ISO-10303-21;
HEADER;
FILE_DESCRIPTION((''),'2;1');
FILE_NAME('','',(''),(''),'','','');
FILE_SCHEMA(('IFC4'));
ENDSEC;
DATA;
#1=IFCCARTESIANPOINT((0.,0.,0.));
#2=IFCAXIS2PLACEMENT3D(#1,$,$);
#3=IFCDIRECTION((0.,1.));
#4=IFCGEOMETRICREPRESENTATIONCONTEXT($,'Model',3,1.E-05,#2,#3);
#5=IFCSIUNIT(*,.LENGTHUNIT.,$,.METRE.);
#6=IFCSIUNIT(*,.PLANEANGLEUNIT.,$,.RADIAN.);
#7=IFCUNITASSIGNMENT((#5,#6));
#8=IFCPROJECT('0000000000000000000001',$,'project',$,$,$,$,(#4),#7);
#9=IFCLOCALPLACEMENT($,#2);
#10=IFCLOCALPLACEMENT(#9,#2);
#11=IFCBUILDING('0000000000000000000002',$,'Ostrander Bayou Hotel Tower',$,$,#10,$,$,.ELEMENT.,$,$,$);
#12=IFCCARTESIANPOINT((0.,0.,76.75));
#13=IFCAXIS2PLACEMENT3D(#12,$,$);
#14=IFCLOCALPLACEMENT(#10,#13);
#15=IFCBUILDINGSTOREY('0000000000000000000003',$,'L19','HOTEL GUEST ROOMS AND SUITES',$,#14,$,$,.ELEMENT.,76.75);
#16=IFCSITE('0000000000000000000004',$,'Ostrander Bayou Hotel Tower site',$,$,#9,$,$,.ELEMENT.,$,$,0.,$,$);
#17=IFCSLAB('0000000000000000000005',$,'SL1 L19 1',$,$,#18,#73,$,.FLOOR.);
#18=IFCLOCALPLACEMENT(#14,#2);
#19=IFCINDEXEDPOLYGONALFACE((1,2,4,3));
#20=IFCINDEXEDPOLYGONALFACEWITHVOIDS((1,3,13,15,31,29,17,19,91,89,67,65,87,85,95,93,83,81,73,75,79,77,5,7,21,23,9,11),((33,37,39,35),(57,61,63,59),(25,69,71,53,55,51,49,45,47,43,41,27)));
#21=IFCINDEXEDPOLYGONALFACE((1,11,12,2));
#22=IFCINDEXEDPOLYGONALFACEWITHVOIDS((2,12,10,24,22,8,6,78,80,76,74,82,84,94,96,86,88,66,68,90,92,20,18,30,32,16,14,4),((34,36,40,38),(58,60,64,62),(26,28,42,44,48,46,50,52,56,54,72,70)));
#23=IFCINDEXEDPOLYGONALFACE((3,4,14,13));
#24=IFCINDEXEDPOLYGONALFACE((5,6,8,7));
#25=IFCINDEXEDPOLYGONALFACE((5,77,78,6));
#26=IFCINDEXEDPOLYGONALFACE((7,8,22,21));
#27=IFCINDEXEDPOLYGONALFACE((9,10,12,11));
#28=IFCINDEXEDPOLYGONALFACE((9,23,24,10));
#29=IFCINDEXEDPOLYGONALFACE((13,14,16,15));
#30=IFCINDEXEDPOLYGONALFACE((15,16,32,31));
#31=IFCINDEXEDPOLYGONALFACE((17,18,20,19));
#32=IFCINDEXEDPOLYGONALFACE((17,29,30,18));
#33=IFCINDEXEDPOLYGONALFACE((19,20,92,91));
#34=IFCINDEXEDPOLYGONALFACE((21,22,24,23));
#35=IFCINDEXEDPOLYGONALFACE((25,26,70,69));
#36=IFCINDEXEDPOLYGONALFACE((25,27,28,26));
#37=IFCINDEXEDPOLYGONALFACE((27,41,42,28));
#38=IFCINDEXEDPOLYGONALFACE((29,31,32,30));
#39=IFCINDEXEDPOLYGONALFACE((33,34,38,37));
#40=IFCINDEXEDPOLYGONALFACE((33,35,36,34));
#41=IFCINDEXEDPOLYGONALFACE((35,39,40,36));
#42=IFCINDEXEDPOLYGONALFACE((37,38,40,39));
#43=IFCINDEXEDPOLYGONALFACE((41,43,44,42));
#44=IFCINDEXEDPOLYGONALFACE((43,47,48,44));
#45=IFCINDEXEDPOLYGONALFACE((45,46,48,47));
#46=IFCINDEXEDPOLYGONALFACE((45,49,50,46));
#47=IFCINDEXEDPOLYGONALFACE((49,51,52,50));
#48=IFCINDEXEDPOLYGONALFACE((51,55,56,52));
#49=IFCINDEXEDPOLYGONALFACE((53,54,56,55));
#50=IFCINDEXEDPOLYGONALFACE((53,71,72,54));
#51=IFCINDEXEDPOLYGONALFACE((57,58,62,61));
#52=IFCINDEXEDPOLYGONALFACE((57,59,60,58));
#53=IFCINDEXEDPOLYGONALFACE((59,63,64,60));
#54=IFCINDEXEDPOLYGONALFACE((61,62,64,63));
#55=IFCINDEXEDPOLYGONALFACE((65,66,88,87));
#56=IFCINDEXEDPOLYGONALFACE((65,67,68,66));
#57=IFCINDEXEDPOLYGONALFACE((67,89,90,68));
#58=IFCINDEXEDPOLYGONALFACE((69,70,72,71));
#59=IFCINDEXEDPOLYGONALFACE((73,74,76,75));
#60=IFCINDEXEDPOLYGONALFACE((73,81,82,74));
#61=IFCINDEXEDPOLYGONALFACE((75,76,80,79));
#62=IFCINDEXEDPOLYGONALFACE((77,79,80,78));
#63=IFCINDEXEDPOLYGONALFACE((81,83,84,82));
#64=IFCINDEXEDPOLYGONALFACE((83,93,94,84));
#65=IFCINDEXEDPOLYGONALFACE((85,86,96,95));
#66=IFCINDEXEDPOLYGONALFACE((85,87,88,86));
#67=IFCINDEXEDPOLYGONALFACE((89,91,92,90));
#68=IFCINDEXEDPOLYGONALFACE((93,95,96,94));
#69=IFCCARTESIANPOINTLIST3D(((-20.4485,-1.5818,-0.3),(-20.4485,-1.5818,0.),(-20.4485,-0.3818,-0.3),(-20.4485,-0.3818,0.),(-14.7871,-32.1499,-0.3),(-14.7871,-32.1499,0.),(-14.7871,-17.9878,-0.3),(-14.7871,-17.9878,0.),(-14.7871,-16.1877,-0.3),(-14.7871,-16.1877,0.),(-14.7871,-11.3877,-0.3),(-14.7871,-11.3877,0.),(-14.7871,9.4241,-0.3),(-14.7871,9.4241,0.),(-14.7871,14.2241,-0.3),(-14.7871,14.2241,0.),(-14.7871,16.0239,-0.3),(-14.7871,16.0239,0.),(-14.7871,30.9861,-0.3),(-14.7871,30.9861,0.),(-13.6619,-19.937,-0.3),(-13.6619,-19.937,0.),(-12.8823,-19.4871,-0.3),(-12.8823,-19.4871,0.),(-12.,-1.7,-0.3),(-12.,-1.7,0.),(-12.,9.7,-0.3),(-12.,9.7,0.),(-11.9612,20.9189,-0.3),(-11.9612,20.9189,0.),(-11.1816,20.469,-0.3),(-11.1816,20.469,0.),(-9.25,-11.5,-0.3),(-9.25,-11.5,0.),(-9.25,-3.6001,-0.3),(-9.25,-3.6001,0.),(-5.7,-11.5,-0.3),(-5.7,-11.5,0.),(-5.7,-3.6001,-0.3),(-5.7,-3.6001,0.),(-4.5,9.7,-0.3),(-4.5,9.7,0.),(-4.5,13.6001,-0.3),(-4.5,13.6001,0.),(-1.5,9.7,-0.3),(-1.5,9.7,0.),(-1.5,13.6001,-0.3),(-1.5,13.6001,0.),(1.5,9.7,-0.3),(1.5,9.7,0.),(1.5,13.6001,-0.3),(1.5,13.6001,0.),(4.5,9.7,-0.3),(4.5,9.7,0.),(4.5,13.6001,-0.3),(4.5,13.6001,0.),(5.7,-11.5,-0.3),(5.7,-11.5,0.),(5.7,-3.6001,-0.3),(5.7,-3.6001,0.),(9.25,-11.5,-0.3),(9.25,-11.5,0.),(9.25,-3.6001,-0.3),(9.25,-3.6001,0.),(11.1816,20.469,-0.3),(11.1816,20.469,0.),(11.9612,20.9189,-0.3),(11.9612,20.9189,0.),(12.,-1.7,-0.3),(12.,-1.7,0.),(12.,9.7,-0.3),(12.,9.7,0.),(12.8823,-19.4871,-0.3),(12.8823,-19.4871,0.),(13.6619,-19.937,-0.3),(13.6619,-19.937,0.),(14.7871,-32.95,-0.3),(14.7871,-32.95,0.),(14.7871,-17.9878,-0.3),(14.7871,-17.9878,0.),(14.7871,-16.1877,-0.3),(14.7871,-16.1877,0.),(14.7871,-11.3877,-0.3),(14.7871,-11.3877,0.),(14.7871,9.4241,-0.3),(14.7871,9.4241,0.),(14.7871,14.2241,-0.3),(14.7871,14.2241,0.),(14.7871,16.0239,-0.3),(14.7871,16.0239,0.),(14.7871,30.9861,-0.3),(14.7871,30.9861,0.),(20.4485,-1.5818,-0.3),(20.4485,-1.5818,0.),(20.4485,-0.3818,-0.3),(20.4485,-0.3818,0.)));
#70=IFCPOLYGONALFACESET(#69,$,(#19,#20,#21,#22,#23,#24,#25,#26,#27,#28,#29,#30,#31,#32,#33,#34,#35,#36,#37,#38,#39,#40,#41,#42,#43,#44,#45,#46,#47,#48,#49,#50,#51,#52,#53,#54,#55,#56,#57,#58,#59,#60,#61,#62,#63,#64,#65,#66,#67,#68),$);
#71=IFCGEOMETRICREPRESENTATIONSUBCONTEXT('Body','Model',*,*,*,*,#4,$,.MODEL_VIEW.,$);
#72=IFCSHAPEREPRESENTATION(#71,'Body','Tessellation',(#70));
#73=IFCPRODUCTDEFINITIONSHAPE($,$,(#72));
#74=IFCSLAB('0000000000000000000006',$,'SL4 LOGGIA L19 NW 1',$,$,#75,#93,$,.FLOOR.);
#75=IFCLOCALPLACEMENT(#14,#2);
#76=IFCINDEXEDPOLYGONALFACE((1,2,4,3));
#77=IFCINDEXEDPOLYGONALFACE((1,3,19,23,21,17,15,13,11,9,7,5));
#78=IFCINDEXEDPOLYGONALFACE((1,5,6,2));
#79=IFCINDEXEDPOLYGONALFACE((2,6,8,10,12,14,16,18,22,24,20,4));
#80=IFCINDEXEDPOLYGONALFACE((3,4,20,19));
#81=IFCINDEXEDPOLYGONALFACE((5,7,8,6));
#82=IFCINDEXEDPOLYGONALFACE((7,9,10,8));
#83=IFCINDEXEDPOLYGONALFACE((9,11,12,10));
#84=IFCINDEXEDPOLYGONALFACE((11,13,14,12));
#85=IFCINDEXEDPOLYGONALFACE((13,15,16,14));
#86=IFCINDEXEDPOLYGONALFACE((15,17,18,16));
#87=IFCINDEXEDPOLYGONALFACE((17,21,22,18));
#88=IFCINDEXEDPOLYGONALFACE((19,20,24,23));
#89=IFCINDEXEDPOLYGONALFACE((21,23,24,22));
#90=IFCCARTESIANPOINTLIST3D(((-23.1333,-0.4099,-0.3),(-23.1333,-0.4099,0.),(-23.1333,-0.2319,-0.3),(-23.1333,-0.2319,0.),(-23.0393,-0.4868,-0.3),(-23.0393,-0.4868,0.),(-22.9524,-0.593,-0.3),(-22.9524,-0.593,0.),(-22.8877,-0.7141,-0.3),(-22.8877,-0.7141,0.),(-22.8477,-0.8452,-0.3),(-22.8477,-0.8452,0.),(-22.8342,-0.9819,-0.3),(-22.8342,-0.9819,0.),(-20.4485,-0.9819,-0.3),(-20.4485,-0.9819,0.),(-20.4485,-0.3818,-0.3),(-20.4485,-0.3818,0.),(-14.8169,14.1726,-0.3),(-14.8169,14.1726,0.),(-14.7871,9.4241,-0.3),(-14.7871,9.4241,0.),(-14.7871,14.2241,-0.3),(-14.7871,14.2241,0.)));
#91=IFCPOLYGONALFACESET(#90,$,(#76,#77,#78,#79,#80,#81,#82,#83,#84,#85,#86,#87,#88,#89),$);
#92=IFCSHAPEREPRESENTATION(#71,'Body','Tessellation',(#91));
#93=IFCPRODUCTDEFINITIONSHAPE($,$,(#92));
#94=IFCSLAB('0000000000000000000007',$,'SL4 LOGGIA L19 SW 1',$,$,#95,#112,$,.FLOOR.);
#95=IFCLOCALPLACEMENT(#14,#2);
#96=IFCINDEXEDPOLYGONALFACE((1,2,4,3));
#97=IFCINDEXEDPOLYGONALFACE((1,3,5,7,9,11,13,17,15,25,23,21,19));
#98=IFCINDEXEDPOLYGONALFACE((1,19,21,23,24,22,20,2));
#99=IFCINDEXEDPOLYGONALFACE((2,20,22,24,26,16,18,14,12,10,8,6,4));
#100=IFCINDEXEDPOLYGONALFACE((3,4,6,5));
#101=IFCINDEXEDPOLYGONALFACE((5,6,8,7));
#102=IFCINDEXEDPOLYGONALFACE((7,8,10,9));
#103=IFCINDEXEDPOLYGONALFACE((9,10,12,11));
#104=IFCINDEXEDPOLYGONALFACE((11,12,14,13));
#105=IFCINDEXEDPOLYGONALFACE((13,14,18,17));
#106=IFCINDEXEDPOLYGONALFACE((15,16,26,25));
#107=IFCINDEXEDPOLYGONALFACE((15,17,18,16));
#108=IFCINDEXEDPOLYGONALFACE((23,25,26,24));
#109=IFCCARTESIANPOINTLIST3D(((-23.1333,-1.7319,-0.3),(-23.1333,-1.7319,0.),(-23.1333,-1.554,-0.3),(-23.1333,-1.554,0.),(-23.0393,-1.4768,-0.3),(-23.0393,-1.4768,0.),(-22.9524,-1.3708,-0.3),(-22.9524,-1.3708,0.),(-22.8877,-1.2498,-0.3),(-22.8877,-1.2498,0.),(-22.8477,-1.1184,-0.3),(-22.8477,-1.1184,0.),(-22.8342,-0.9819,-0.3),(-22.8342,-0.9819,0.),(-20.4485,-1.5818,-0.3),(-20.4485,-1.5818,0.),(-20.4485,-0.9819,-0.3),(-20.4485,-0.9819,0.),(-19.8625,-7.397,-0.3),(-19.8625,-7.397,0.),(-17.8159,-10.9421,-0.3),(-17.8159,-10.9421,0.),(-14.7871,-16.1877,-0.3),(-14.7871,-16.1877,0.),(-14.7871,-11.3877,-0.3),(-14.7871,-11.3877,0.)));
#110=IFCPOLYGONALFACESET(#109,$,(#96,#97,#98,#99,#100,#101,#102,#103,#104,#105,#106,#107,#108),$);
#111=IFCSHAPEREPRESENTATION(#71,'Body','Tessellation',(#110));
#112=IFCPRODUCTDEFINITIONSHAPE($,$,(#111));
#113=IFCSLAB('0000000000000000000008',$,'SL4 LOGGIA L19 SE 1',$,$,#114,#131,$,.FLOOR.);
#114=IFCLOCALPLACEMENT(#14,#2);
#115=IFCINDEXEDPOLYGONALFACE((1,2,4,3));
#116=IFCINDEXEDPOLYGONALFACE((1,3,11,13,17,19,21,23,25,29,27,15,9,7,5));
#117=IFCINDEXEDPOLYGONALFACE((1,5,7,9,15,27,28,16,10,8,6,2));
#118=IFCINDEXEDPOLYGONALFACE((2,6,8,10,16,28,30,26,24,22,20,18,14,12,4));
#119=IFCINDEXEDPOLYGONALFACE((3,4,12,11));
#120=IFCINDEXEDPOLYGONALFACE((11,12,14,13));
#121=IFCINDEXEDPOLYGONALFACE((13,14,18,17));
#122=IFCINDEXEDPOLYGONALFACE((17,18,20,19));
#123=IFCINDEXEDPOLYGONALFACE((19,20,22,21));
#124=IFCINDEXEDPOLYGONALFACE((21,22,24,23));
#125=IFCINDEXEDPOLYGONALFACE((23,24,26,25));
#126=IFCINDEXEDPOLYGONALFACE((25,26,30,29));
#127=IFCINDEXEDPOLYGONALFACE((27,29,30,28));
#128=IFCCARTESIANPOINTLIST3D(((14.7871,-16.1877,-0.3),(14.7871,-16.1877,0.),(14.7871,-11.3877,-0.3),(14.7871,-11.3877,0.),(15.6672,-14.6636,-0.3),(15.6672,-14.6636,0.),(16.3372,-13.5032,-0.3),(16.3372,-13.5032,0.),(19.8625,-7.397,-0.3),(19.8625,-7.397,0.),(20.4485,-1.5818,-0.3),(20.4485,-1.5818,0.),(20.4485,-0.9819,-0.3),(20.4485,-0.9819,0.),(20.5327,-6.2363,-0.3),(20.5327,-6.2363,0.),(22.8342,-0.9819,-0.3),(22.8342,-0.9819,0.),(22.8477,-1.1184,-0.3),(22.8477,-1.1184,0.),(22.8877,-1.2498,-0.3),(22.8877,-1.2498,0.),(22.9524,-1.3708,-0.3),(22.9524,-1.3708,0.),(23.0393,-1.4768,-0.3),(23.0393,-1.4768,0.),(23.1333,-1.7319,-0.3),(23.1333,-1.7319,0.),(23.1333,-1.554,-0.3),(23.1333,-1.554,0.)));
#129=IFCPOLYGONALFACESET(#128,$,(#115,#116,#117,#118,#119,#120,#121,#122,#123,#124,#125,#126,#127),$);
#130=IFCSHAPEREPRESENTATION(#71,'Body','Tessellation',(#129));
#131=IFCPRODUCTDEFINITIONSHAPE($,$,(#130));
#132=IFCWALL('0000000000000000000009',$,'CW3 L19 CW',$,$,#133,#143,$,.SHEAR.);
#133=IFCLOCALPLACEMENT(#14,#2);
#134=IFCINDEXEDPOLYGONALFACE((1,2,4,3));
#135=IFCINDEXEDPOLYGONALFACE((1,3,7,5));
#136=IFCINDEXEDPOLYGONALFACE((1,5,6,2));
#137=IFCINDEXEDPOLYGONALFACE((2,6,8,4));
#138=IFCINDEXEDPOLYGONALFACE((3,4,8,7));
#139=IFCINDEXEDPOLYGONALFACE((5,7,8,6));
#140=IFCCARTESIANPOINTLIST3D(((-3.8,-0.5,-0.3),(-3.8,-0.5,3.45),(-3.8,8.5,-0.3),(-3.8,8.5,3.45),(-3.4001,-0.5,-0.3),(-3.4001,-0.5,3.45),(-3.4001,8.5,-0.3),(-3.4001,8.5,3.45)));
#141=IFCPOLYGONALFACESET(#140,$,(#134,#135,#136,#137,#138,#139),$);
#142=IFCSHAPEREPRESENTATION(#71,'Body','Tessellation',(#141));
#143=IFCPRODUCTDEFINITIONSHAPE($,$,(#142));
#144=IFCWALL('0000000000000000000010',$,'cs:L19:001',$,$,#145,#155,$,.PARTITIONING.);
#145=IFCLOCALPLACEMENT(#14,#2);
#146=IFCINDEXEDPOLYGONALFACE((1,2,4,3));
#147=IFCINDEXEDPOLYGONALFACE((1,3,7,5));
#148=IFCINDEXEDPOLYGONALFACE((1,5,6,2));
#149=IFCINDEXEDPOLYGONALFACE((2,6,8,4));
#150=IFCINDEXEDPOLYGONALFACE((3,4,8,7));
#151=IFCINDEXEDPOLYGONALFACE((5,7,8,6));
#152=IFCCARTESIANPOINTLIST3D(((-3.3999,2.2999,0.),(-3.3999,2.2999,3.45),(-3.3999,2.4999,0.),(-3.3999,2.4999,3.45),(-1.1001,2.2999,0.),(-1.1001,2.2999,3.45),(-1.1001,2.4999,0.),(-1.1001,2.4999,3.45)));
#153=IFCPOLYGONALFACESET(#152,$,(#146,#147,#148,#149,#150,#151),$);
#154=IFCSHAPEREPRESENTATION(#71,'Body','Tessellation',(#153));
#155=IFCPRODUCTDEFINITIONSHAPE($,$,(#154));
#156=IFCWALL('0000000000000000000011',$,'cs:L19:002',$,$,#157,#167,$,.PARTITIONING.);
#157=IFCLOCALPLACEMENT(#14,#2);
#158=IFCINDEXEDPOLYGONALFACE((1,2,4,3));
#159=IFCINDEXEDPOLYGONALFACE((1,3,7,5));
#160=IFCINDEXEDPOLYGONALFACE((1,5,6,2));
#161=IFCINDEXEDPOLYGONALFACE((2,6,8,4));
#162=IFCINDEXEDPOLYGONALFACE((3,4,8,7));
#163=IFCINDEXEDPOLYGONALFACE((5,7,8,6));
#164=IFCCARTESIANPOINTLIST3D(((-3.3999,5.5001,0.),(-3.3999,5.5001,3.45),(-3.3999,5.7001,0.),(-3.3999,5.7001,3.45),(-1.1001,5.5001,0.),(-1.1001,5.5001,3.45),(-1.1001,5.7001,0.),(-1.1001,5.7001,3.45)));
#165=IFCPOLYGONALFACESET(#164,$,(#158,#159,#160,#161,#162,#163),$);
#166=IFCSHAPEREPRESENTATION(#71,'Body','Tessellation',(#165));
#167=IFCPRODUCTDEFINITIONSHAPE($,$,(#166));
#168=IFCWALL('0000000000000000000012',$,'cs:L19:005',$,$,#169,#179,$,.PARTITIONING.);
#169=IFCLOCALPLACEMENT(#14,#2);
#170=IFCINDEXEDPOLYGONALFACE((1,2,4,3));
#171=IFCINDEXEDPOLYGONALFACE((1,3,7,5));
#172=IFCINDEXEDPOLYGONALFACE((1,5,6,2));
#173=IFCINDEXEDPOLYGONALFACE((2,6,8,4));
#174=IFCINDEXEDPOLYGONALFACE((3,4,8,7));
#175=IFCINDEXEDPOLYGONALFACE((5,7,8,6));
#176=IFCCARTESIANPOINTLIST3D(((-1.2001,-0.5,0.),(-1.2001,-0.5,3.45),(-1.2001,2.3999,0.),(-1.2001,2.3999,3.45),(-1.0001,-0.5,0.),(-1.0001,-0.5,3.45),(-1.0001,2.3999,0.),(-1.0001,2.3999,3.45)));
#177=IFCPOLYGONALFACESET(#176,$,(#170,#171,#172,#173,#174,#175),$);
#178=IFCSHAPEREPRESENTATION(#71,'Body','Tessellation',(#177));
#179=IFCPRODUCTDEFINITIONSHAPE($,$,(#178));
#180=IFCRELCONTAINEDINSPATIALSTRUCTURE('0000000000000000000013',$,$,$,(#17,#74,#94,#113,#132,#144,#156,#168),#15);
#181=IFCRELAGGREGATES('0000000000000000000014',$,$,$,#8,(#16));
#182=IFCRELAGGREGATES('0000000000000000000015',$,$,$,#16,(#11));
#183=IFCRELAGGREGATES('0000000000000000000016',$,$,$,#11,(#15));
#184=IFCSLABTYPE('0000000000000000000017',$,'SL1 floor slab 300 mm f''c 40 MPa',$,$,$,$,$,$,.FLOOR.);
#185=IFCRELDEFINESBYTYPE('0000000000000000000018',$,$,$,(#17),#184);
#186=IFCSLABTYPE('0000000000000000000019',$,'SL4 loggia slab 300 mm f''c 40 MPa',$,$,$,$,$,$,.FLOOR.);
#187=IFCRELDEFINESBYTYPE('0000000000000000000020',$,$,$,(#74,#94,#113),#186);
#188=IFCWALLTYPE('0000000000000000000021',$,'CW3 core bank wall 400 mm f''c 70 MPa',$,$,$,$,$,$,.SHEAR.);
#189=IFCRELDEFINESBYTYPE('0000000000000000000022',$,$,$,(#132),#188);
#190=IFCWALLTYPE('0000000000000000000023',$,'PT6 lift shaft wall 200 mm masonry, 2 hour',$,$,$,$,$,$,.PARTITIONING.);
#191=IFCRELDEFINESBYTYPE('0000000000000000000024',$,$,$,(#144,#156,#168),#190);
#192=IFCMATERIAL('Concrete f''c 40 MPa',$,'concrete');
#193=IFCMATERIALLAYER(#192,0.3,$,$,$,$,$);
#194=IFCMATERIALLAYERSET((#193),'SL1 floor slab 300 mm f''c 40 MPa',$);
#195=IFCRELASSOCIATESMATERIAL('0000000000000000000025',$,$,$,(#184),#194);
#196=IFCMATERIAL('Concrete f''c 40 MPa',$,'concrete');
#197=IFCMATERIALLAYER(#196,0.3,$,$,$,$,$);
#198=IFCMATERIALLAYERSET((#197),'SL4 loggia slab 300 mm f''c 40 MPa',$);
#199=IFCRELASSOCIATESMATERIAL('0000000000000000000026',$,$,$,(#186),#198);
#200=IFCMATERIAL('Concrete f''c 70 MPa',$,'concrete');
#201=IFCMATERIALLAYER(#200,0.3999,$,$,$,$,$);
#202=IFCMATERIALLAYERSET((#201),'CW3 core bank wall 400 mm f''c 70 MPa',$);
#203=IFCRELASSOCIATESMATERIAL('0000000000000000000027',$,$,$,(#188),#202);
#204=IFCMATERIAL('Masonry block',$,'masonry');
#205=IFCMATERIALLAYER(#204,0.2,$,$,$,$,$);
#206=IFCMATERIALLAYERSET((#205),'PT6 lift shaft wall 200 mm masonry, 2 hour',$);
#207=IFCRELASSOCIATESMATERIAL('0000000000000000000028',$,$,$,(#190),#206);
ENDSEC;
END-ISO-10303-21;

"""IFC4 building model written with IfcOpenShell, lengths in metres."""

from ifc_helpers import new_model, si_unit, direction, frame, frame_2d, origin, place, context, subcontext, project, spatial, polyline, rectangle, outline, extrude, material, layer, layer_set, type_object, element, save


model = new_model("IFC4")

# Units and contexts
model_context = context("Model", 3, precision=1e-05, world=origin(), true_north=direction((0.0, 1.0)))
body_context = subcontext(model_context, "Body", "Model", "MODEL_VIEW")
ifc_project = project(units=[si_unit("LENGTHUNIT", "METRE"), si_unit("PLANEANGLEUNIT", "RADIAN")], contexts=[model_context])

# Site, building, storey
site_placement = place(None, origin())
site = spatial("IfcSite", under=ifc_project, at=site_placement, Name="Ostrander Bayou Hotel Tower site", CompositionType="ELEMENT", RefElevation=0.0)
building_placement = place(site_placement, origin())
building = spatial("IfcBuilding", under=site, at=building_placement, Name="Ostrander Bayou Hotel Tower", CompositionType="ELEMENT")
storey_placement = place(building_placement, frame((0.0, 0.0, 76.75)))
storey = spatial("IfcBuildingStorey", under=building, at=storey_placement, Name="L19", Description="HOTEL GUEST ROOMS AND SUITES", CompositionType="ELEMENT", Elevation=76.75)

# Slabs
ifc_material_1 = material(Name="Concrete f'c 40 MPa", Category="concrete")
ifc_layer_1 = layer(ifc_material_1, 0.3)
ifc_layer_set_1 = layer_set([ifc_layer_1], Name="SL1 floor slab 300 mm f'c 40 MPa")
slab_type_1 = type_object("IfcSlabType", Name="SL1 floor slab 300 mm f'c 40 MPa", PredefinedType="FLOOR", material=ifc_layer_set_1)
slab_1_placement = place(storey_placement, frame((0.0, 0.0, -0.3)))
element("IfcSlab", 1, at=slab_1_placement, inside=storey, type_object=slab_type_1, Name="SL1 L19 1", PredefinedType="FLOOR", context=body_context, shape_type="SweptSolid", body=[
    extrude(outline(polyline([(-13.6619, -19.937), (-12.8823, -19.4871), (-14.7871, -16.1877), (-14.7871, -11.3877), (-20.4485, -1.5818), (-20.4485, -0.3818), (-14.7871, 9.4241), (-14.7871, 14.2241), (-11.1816, 20.469), (-11.9612, 20.9189), (-14.7871, 16.0239), (-14.7871, 30.9861), (14.7871, 30.9861), (14.7871, 16.0239), (11.9612, 20.9189), (11.1816, 20.469), (14.7871, 14.2241), (14.7871, 9.4241), (20.4485, -0.3818), (20.4485, -1.5818), (14.7871, -11.3877), (14.7871, -16.1877), (12.8823, -19.4871), (13.6619, -19.937), (14.7871, -17.9878), (14.7871, -32.95), (-14.7871, -32.1499), (-14.7871, -17.9878), (-13.6619, -19.937)]), holes=[polyline([(-12.0, -1.7), (12.0, -1.7), (12.0, 9.7), (4.5, 9.7), (4.5, 13.6001), (1.5, 13.6001), (1.5, 9.7), (-1.5, 9.7), (-1.5, 13.6001), (-4.5, 13.6001), (-4.5, 9.7), (-12.0, 9.7), (-12.0, -1.7)]), polyline([(9.25, -3.6001), (5.7, -3.6001), (5.7, -11.5), (9.25, -11.5), (9.25, -3.6001)]), polyline([(-5.7, -3.6001), (-9.25, -3.6001), (-9.25, -11.5), (-5.7, -11.5), (-5.7, -3.6001)])]), origin(), (0.0, 0.0, 1.0), 0.3),
])
ifc_material_2 = material(Name="Concrete f'c 40 MPa", Category="concrete")
ifc_layer_2 = layer(ifc_material_2, 0.3)
ifc_layer_set_2 = layer_set([ifc_layer_2], Name="SL4 loggia slab 300 mm f'c 40 MPa")
slab_type_2 = type_object("IfcSlabType", Name="SL4 loggia slab 300 mm f'c 40 MPa", PredefinedType="FLOOR", material=ifc_layer_set_2)
slab_2_placement = place(storey_placement, frame((0.0, 0.0, -0.3)))
element("IfcSlab", 2, at=slab_2_placement, inside=storey, type_object=slab_type_2, Name="SL4 LOGGIA L19 NW 1", PredefinedType="FLOOR", context=body_context, shape_type="SweptSolid", body=[
    extrude(outline(polyline([(-20.4485, -0.3818), (-20.4485, -0.9819), (-22.8342, -0.9819), (-22.8477, -0.8452), (-22.8877, -0.7141), (-22.9524, -0.593), (-23.0393, -0.4868), (-23.1333, -0.4099), (-23.1333, -0.2319), (-14.8169, 14.1726), (-14.7871, 14.2241), (-14.7871, 9.4241), (-20.4485, -0.3818)])), origin(), (0.0, 0.0, 1.0), 0.3),
])
slab_3_placement = place(storey_placement, frame((0.0, 0.0, -0.3)))
element("IfcSlab", 3, at=slab_3_placement, inside=storey, type_object=slab_type_2, Name="SL4 LOGGIA L19 SW 1", PredefinedType="FLOOR", context=body_context, shape_type="SweptSolid", body=[
    extrude(outline(polyline([(-14.7871, -16.1877), (-17.8159, -10.9421), (-19.8625, -7.397), (-23.1333, -1.7319), (-23.1333, -1.554), (-23.0393, -1.4768), (-22.9524, -1.3708), (-22.8877, -1.2498), (-22.8477, -1.1184), (-22.8342, -0.9819), (-20.4485, -0.9819), (-20.4485, -1.5818), (-14.7871, -11.3877), (-14.7871, -16.1877)])), origin(), (0.0, 0.0, 1.0), 0.3),
])
slab_4_placement = place(storey_placement, frame((0.0, 0.0, -0.3)))
element("IfcSlab", 4, at=slab_4_placement, inside=storey, type_object=slab_type_2, Name="SL4 LOGGIA L19 SE 1", PredefinedType="FLOOR", context=body_context, shape_type="SweptSolid", body=[
    extrude(outline(polyline([(16.3372, -13.5032), (15.6672, -14.6636), (14.7871, -16.1877), (14.7871, -11.3877), (20.4485, -1.5818), (20.4485, -0.9819), (22.8342, -0.9819), (22.8477, -1.1184), (22.8877, -1.2498), (22.9524, -1.3708), (23.0393, -1.4768), (23.1333, -1.554), (23.1333, -1.7319), (20.5327, -6.2363), (19.8625, -7.397), (16.3372, -13.5032)])), origin(), (0.0, 0.0, 1.0), 0.3),
])

# Walls
ifc_material_3 = material(Name="Concrete f'c 70 MPa", Category="concrete")
ifc_layer_3 = layer(ifc_material_3, 0.3999)
ifc_layer_set_3 = layer_set([ifc_layer_3], Name="CW3 core bank wall 400 mm f'c 70 MPa")
wall_type_1 = type_object("IfcWallType", Name="CW3 core bank wall 400 mm f'c 70 MPa", PredefinedType="SHEAR", material=ifc_layer_set_3)
wall_1_placement = place(storey_placement, frame((-3.6001, -0.5, -0.3), z_axis=(0.0, 0.0, 1.0), x_axis=(0.0, 1.0, 0.0)))
element("IfcWall", 5, at=wall_1_placement, inside=storey, type_object=wall_type_1, Name="CW3 L19 CW", PredefinedType="SHEAR", context=body_context, shape_type="SweptSolid", body=[
    extrude(rectangle(XDim=9.0, YDim=0.3999, at=frame_2d((4.5, 0.0))), origin(), (0.0, 0.0, 1.0), 3.75),
])
ifc_material_4 = material(Name="Masonry block", Category="masonry")
ifc_layer_4 = layer(ifc_material_4, 0.2)
ifc_layer_set_4 = layer_set([ifc_layer_4], Name="PT6 lift shaft wall 200 mm masonry, 2 hour")
wall_type_2 = type_object("IfcWallType", Name="PT6 lift shaft wall 200 mm masonry, 2 hour", PredefinedType="PARTITIONING", material=ifc_layer_set_4)
for number, where, z_axis, x_axis, name in (
    (6, (-3.3999, 2.3999, 0.0), (0.0, 0.0, 1.0), (1.0, 0.0, 0.0), "cs:L19:001"),
    (7, (-3.3999, 5.6001, 0.0), (0.0, 0.0, 1.0), (1.0, 0.0, 0.0), "cs:L19:002"),
):
    element("IfcWall", number, at=place(storey_placement, frame(where, z_axis=z_axis, x_axis=x_axis)), inside=storey, type_object=wall_type_2, Name=name, PredefinedType="PARTITIONING", context=body_context, shape_type="SweptSolid", body=[
        extrude(rectangle(XDim=2.2998, YDim=0.2, at=frame_2d((1.1499, 0.0))), origin(), (0.0, 0.0, 1.0), 3.45),
    ])
for number, where, z_axis, x_axis, name in (
    (8, (-1.1001, -0.5, 0.0), (0.0, 0.0, 1.0), (0.0, 1.0, 0.0), "cs:L19:005"),
):
    element("IfcWall", number, at=place(storey_placement, frame(where, z_axis=z_axis, x_axis=x_axis)), inside=storey, type_object=wall_type_2, Name=name, PredefinedType="PARTITIONING", context=body_context, shape_type="SweptSolid", body=[
        extrude(rectangle(XDim=2.8999, YDim=0.2, at=frame_2d((1.45, 0.0))), origin(), (0.0, 0.0, 1.0), 3.45),
    ])

save(model, "model.ifc")
